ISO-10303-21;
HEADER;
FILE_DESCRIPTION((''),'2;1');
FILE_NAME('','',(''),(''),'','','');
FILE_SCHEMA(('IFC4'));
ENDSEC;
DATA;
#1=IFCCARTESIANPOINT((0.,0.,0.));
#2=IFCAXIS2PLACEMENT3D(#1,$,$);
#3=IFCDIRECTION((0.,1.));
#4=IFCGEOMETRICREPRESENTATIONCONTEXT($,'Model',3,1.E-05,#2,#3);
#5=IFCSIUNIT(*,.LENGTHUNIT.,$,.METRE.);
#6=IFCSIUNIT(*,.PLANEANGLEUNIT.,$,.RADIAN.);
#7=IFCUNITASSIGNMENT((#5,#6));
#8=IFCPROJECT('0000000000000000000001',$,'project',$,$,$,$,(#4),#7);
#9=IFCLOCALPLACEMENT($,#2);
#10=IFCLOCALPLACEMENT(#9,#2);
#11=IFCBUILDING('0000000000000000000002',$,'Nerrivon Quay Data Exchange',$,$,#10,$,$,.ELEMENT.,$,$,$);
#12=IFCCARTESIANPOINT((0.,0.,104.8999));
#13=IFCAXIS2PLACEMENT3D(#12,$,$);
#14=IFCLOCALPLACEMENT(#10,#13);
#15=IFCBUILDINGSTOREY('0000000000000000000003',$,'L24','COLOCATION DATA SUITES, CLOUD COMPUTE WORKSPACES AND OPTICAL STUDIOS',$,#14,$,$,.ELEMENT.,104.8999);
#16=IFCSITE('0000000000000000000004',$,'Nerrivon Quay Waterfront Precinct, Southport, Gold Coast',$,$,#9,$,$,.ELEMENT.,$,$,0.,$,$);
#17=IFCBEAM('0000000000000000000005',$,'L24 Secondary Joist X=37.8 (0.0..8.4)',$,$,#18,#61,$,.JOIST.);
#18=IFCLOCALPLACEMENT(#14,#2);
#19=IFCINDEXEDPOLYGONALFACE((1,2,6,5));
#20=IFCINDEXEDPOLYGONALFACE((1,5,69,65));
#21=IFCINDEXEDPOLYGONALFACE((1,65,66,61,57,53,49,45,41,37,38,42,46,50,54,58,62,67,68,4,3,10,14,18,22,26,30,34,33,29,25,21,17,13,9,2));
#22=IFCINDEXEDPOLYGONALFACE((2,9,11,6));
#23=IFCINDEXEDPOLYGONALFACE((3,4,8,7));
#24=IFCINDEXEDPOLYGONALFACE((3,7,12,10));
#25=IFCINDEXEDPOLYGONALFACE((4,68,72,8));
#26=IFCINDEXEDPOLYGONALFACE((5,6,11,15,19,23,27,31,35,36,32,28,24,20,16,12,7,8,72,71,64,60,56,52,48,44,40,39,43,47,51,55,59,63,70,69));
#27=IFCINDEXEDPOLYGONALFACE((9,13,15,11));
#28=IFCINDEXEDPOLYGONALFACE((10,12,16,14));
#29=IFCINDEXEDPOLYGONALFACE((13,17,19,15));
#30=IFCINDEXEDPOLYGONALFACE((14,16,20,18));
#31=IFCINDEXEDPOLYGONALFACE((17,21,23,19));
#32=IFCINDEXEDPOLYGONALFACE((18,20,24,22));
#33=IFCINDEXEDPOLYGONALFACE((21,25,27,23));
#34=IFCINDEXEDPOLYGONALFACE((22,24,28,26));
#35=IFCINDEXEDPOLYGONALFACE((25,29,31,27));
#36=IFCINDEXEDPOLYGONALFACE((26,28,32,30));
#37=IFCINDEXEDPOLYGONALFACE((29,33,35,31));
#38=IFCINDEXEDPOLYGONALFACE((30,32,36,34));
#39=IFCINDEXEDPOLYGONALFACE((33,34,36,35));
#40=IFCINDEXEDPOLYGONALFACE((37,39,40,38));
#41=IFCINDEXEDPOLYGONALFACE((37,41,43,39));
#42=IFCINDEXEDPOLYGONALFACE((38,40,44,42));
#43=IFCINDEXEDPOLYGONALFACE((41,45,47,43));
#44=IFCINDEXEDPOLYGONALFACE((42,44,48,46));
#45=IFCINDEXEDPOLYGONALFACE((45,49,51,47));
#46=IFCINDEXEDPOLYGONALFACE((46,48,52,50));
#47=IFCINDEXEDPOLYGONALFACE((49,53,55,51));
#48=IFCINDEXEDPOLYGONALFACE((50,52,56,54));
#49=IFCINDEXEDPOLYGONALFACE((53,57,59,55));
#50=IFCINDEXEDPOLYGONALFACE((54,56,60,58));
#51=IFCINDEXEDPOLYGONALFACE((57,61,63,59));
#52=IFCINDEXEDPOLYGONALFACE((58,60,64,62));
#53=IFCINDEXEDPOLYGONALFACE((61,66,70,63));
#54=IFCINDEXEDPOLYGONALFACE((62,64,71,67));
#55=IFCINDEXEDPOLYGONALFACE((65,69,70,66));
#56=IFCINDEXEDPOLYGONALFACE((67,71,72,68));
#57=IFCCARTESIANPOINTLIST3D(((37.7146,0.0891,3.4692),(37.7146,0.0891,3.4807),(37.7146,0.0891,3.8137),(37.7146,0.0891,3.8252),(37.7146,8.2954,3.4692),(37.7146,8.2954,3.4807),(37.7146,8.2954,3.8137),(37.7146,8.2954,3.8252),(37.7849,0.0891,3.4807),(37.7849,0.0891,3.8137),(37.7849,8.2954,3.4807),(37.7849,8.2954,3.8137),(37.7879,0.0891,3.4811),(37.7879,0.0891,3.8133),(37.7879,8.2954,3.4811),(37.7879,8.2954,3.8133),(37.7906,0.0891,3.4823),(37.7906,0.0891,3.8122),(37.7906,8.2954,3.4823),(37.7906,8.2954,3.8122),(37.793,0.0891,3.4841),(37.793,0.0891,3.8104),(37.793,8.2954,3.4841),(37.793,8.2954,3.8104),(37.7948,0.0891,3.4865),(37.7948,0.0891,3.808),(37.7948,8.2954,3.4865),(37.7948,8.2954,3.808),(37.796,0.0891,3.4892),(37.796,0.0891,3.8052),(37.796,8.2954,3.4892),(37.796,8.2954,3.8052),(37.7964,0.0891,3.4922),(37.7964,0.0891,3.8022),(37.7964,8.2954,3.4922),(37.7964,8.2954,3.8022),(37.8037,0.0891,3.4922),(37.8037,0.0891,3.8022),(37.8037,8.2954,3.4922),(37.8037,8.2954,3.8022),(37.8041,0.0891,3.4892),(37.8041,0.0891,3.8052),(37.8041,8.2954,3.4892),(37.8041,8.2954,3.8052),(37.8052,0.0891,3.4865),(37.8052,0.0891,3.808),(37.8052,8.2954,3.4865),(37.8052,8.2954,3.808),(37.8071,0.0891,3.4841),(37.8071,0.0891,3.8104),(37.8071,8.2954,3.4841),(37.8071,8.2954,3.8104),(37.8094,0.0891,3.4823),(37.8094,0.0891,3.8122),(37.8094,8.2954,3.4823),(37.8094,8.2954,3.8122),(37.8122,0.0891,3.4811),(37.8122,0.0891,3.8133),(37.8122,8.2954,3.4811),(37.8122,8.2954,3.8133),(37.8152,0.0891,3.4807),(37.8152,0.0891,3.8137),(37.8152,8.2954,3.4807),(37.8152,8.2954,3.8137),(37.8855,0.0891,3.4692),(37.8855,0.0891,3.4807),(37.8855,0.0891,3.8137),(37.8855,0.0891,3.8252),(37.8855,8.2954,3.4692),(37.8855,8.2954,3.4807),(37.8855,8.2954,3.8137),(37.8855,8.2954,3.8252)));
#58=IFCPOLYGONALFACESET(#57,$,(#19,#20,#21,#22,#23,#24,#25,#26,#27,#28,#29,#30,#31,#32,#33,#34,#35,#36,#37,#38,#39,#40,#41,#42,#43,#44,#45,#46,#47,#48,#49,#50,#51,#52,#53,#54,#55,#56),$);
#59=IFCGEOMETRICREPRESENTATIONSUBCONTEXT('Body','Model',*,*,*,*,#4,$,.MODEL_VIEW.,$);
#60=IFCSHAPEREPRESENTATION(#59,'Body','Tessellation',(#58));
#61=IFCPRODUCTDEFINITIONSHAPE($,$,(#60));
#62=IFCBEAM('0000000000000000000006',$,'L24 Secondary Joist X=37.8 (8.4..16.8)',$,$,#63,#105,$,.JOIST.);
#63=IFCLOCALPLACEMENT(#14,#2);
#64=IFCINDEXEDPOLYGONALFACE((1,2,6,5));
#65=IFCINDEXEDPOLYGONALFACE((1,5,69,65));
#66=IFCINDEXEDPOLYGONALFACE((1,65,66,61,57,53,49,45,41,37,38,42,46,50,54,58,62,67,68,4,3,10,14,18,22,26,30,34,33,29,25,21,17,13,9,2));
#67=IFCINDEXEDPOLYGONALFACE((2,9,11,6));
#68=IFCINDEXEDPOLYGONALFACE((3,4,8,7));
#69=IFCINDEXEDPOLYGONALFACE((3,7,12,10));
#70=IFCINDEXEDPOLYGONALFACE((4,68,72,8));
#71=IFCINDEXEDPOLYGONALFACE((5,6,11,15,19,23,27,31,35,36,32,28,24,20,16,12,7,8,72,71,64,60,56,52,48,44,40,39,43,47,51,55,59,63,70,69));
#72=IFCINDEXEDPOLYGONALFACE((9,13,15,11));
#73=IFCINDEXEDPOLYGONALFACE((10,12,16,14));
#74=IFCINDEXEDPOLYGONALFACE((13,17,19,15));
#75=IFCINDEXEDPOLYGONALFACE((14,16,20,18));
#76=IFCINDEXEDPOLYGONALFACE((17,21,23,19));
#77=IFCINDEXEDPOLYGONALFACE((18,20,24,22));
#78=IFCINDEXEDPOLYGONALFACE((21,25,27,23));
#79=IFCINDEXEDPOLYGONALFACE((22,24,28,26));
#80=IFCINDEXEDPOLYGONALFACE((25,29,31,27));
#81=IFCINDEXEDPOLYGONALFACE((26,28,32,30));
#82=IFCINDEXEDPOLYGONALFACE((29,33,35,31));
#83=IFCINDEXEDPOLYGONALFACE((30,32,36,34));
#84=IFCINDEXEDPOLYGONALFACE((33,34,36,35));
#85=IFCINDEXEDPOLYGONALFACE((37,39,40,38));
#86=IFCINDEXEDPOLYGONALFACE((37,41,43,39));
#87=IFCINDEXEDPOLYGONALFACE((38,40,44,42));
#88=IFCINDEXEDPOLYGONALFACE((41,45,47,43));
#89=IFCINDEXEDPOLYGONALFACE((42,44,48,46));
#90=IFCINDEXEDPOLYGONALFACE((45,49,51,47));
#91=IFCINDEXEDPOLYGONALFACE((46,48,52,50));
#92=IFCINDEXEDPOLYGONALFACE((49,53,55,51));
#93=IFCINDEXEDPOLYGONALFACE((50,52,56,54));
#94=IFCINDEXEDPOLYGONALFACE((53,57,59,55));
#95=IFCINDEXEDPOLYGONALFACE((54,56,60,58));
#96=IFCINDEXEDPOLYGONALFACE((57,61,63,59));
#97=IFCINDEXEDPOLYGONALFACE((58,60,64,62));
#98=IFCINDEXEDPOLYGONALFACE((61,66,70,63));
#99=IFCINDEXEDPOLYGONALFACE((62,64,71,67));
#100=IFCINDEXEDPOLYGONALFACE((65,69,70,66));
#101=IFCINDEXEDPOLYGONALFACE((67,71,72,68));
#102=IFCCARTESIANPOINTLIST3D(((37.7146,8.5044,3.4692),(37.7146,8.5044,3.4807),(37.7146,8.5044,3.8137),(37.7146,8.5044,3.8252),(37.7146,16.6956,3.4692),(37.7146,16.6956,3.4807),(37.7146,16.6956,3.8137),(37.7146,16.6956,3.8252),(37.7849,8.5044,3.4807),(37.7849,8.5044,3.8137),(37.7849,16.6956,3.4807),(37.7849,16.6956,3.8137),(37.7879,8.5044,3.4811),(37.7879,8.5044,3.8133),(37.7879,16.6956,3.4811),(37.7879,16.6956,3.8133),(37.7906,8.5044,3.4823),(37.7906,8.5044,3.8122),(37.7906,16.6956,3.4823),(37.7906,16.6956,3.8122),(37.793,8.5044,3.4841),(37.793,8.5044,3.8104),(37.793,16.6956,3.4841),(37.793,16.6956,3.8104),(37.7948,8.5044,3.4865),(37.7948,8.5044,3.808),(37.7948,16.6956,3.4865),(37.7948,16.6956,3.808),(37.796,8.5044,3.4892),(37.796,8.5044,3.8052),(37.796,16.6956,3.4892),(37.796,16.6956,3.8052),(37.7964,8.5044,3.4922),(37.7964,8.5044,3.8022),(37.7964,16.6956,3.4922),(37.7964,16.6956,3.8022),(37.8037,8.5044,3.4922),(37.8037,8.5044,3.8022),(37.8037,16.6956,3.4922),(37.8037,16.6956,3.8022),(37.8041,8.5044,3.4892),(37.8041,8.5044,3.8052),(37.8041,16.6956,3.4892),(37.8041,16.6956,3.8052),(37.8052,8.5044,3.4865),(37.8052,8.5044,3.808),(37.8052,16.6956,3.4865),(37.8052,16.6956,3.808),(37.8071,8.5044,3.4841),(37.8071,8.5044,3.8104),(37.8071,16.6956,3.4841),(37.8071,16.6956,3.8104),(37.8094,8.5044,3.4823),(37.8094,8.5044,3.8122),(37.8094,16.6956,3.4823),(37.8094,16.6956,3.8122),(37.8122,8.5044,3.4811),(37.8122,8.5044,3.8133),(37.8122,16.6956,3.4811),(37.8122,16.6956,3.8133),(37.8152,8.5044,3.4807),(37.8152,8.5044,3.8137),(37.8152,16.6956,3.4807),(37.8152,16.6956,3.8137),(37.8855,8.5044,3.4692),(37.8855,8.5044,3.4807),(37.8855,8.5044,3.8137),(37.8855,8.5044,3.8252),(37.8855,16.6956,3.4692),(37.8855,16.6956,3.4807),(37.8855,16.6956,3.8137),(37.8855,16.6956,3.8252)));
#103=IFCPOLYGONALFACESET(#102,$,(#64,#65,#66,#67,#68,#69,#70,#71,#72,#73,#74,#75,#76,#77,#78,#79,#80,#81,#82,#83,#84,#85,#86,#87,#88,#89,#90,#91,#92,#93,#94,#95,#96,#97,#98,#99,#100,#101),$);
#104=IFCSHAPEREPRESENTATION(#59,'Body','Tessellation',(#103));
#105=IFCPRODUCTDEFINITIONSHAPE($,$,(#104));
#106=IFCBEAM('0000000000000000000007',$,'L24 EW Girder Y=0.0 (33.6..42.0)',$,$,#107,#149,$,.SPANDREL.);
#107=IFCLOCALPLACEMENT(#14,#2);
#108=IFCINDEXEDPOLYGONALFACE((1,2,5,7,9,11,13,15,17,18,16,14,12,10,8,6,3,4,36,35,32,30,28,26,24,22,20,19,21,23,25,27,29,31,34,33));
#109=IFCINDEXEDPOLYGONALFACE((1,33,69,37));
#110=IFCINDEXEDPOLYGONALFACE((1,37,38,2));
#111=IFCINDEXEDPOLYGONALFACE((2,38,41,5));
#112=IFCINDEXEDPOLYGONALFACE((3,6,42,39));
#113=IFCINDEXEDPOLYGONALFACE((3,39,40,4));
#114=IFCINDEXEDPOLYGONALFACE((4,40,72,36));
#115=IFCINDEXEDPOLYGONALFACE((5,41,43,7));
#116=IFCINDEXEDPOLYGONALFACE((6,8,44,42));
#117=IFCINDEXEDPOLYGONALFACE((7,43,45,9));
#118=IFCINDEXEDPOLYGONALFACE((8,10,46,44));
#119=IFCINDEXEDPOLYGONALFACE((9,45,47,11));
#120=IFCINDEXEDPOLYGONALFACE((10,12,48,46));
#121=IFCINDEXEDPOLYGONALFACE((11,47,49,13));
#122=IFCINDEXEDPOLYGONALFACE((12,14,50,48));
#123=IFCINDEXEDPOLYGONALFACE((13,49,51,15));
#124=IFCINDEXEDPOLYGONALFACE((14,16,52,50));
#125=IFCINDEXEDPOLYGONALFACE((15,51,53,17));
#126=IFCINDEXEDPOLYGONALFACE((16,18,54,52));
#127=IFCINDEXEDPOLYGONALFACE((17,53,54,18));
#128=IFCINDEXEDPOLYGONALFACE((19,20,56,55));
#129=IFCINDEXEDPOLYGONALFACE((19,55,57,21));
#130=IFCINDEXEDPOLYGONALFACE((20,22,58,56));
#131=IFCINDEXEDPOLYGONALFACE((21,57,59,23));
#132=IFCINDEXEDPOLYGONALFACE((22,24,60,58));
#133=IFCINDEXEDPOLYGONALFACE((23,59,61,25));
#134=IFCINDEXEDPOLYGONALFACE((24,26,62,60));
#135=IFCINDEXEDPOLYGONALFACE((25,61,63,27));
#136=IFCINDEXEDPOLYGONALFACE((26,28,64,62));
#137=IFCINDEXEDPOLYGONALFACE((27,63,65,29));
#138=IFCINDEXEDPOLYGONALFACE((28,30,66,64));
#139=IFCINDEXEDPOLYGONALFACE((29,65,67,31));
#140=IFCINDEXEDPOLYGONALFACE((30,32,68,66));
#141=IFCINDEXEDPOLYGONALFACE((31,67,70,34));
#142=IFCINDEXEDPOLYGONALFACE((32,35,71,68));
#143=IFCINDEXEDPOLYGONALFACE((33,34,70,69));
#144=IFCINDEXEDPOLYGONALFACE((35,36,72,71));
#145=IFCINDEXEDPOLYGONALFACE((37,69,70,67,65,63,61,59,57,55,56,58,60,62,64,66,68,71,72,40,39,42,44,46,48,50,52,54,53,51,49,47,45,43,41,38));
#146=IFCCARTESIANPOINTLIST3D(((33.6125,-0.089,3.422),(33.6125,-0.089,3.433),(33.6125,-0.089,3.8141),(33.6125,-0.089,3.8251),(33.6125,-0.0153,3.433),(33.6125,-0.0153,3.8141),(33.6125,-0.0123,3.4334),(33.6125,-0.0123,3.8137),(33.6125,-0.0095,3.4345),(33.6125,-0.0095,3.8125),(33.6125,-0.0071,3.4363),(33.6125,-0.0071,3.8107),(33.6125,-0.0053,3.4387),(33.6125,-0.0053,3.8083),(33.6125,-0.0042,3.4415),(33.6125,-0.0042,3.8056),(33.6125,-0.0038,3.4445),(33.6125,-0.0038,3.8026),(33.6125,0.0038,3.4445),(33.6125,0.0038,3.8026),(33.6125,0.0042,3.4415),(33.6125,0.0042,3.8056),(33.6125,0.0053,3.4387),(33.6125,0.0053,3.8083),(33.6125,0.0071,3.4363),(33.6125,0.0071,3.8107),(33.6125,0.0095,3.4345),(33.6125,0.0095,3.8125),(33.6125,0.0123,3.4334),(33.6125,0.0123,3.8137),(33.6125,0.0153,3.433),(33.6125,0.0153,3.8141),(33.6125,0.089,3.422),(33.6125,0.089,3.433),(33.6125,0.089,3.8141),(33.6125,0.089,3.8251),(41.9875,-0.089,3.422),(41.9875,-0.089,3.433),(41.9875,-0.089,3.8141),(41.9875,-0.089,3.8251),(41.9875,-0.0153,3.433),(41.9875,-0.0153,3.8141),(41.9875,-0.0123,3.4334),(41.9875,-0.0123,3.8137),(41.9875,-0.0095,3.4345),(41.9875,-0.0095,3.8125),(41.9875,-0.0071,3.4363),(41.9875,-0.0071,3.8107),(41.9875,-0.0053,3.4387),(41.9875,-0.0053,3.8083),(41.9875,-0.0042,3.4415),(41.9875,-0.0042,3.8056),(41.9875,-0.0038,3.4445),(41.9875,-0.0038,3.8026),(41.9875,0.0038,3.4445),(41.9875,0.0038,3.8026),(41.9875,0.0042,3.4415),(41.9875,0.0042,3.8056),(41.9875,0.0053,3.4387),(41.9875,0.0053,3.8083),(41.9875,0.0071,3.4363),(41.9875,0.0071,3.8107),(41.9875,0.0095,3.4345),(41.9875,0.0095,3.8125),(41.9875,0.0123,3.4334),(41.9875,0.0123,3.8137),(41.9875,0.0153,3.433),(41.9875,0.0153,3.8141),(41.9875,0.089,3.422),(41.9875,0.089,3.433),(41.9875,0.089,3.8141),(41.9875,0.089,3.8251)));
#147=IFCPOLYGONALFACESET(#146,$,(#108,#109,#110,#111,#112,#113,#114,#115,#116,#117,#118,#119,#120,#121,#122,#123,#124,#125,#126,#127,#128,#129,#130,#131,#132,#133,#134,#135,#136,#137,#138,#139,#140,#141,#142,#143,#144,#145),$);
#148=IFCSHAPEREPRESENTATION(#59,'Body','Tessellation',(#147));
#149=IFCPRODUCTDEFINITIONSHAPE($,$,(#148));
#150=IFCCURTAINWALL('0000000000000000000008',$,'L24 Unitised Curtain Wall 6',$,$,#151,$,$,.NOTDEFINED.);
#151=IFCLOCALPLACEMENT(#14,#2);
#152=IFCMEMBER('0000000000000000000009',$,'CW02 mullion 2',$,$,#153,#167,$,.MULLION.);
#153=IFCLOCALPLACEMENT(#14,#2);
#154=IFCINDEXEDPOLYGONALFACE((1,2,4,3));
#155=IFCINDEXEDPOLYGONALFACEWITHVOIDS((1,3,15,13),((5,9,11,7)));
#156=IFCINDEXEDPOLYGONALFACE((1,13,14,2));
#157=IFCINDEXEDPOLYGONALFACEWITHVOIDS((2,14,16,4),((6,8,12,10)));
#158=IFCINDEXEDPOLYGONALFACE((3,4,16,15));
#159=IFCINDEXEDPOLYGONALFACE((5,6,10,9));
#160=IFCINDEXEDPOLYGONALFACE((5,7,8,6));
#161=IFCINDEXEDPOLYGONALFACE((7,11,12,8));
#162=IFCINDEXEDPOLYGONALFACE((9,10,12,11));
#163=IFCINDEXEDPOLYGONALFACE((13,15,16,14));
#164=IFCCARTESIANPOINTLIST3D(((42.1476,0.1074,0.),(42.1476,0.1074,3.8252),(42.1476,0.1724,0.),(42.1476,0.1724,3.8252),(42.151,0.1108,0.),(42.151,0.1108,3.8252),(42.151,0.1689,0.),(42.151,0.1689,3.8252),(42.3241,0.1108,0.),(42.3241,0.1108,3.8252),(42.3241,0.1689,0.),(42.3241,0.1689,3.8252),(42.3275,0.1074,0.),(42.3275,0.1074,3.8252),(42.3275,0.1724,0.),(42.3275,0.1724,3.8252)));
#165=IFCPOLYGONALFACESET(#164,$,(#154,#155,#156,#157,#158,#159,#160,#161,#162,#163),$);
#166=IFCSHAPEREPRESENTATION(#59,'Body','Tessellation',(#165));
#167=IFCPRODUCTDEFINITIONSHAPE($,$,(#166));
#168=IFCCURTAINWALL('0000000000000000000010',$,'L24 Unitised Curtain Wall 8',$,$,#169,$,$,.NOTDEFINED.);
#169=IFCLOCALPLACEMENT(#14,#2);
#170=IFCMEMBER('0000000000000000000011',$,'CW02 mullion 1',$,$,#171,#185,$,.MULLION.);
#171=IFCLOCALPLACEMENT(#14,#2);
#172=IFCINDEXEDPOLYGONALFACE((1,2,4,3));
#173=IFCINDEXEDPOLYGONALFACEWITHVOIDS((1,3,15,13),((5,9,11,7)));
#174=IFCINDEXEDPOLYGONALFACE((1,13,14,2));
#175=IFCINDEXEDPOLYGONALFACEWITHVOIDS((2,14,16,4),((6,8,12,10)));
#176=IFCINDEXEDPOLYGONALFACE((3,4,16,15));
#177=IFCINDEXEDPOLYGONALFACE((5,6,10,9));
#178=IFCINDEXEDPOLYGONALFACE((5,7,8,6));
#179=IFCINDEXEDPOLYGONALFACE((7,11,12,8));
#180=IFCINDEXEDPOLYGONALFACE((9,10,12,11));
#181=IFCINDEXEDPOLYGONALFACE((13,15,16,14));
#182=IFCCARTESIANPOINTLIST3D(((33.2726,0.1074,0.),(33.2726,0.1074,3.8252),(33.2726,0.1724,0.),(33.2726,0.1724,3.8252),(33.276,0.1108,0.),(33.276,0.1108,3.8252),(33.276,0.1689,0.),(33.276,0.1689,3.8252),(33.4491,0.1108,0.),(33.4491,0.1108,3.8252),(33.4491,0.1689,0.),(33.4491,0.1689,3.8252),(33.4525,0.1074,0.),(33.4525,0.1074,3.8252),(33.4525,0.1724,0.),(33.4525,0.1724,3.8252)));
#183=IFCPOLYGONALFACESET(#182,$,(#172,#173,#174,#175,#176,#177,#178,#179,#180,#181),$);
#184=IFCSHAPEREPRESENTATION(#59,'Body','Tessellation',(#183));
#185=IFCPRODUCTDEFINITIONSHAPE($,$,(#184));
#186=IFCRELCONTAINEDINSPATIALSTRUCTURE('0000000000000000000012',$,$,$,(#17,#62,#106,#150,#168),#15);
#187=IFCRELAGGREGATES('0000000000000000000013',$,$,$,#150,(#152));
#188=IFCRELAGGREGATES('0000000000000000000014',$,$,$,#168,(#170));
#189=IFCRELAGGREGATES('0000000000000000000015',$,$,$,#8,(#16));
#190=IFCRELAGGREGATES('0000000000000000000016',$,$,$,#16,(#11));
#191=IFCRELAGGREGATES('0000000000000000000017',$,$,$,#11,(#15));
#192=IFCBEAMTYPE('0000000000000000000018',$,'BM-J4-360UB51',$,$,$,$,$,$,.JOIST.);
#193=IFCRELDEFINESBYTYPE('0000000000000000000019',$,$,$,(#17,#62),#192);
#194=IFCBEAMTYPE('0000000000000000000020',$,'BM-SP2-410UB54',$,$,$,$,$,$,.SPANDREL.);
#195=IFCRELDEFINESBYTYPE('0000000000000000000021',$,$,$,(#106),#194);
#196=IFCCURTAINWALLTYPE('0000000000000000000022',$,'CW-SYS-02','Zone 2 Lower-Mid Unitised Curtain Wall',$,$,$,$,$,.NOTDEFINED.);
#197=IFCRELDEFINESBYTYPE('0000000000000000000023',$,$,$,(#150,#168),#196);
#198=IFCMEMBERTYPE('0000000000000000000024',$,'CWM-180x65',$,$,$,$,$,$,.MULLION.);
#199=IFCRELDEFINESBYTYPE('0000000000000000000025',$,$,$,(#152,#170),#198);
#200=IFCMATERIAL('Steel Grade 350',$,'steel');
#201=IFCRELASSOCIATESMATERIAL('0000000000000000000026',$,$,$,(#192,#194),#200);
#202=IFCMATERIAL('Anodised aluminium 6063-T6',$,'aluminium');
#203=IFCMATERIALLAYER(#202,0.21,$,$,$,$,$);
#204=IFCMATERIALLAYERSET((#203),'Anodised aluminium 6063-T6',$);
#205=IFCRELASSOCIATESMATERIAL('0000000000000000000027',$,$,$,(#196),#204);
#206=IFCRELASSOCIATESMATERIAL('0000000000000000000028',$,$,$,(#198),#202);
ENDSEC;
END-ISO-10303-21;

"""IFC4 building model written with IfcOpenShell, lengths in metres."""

from ifc_helpers import new_model, si_unit, direction, frame, origin, origin_2d, place, context, subcontext, project, spatial, hollow_rectangle, i_section, extrude, material, layer, layer_set, material_profile, profile_set, type_object, element, aggregate, save


model = new_model("IFC4")

# Units and contexts
model_context = context("Model", 3, precision=1e-05, world=origin(), true_north=direction((0.0, 1.0)))
body_context = subcontext(model_context, "Body", "Model", "MODEL_VIEW")
ifc_project = project(units=[si_unit("LENGTHUNIT", "METRE"), si_unit("PLANEANGLEUNIT", "RADIAN")], contexts=[model_context])

# Site, building, storey
site_placement = place(None, origin())
site = spatial("IfcSite", under=ifc_project, at=site_placement, Name="Nerrivon Quay Waterfront Precinct, Southport, Gold Coast", CompositionType="ELEMENT", RefElevation=0.0)
building_placement = place(site_placement, origin())
building = spatial("IfcBuilding", under=site, at=building_placement, Name="Nerrivon Quay Data Exchange", CompositionType="ELEMENT")
storey_placement = place(building_placement, frame((0.0, 0.0, 104.8999)))
storey = spatial("IfcBuildingStorey", under=building, at=storey_placement, Name="L24", Description="COLOCATION DATA SUITES, CLOUD COMPUTE WORKSPACES AND OPTICAL STUDIOS", CompositionType="ELEMENT", Elevation=104.8999)

# Shared definitions
ifc_material_1 = material(Name="Steel Grade 350", Category="steel")

# Beams
ifc_material_profile_1 = material_profile(ifc_material_1, i_section(OverallWidth=0.1709, OverallDepth=0.356, WebThickness=0.0073, FlangeThickness=0.0115, FilletRadius=0.0115, at=origin_2d()), Name="360UB50.7")
ifc_profile_set_1 = profile_set([ifc_material_profile_1], Name="Steel Grade 350")
beam_type_1 = type_object("IfcBeamType", Name="BM-J4-360UB51", PredefinedType="JOIST", material=ifc_profile_set_1)
beam_1_placement = place(storey_placement, frame((37.8, 0.0891, 3.6472), z_axis=(0.0, 1.0, 0.0), x_axis=(-1.0, 0.0, 0.0)))
element("IfcBeam", 1, at=beam_1_placement, inside=storey, type_object=beam_type_1, Name="L24 Secondary Joist X=37.8 (0.0..8.4)", PredefinedType="JOIST", context=body_context, shape_type="SweptSolid", body=[
    extrude(i_section(OverallWidth=0.1709, OverallDepth=0.356, WebThickness=0.0073, FlangeThickness=0.0115, FilletRadius=0.0115, at=origin_2d()), origin(), (0.0, 0.0, 1.0), 8.2063),
])
beam_2_placement = place(storey_placement, frame((37.8, 8.5044, 3.6472), z_axis=(0.0, 1.0, 0.0), x_axis=(-1.0, 0.0, 0.0)))
element("IfcBeam", 2, at=beam_2_placement, inside=storey, type_object=beam_type_1, Name="L24 Secondary Joist X=37.8 (8.4..16.8)", PredefinedType="JOIST", context=body_context, shape_type="SweptSolid", body=[
    extrude(i_section(OverallWidth=0.1709, OverallDepth=0.356, WebThickness=0.0073, FlangeThickness=0.0115, FilletRadius=0.0115, at=origin_2d()), origin(), (0.0, 0.0, 1.0), 8.1912),
])
ifc_material_profile_2 = material_profile(ifc_material_1, i_section(OverallWidth=0.178, OverallDepth=0.4031, WebThickness=0.0076, FlangeThickness=0.011, FilletRadius=0.0115, at=origin_2d()), Name="410UB53.7")
ifc_profile_set_2 = profile_set([ifc_material_profile_2], Name="Steel Grade 350")
beam_type_2 = type_object("IfcBeamType", Name="BM-SP2-410UB54", PredefinedType="SPANDREL", material=ifc_profile_set_2)
beam_3_placement = place(storey_placement, frame((33.6125, 0.0, 3.6235), z_axis=(1.0, 0.0, 0.0), x_axis=(0.0, 1.0, 0.0)))
element("IfcBeam", 3, at=beam_3_placement, inside=storey, type_object=beam_type_2, Name="L24 EW Girder Y=0.0 (33.6..42.0)", PredefinedType="SPANDREL", context=body_context, shape_type="SweptSolid", body=[
    extrude(i_section(OverallWidth=0.178, OverallDepth=0.4031, WebThickness=0.0076, FlangeThickness=0.011, FilletRadius=0.0115, at=origin_2d()), origin(), (0.0, 0.0, 1.0), 8.375),
])

# Curtain wall, member
ifc_material_2 = material(Name="Anodised aluminium 6063-T6", Category="aluminium")
ifc_layer_1 = layer(ifc_material_2, 0.21)
ifc_layer_set_1 = layer_set([ifc_layer_1], Name="Anodised aluminium 6063-T6")
curtain_wall_type = type_object("IfcCurtainWallType", Name="CW-SYS-02", Description="Zone 2 Lower-Mid Unitised Curtain Wall", PredefinedType="NOTDEFINED", material=ifc_layer_set_1)
curtain_wall_1_placement = place(storey_placement, origin())
curtain_wall_1 = element("IfcCurtainWall", 4, at=curtain_wall_1_placement, inside=storey, type_object=curtain_wall_type, Name="L24 Unitised Curtain Wall 6", PredefinedType="NOTDEFINED")
ifc_material_profile_3 = material_profile(ifc_material_2, hollow_rectangle(XDim=0.0649, YDim=0.1799, WallThickness=0.0034, at=origin_2d()), Name="ALU-MULL-180x65")
ifc_profile_set_3 = profile_set([ifc_material_profile_3], Name="Anodised aluminium 6063-T6")
member_type_1 = type_object("IfcMemberType", Name="CWM-180x65", PredefinedType="MULLION", material=ifc_profile_set_3)
member_1_placement = place(storey_placement, frame((42.2375, 0.1399, 0.0), z_axis=(0.0, 0.0, 1.0), x_axis=(0.0, -1.0, 0.0)))
member_1 = element("IfcMember", 5, at=member_1_placement, type_object=member_type_1, Name="CW02 mullion 2", PredefinedType="MULLION", context=body_context, shape_type="SweptSolid", body=[
    extrude(hollow_rectangle(XDim=0.0649, YDim=0.1799, WallThickness=0.0034, at=origin_2d()), origin(), (0.0, 0.0, 1.0), 3.8252),
])
aggregate(curtain_wall_1, [member_1])

# Curtain wall, member
curtain_wall_2_placement = place(storey_placement, origin())
curtain_wall_2 = element("IfcCurtainWall", 6, at=curtain_wall_2_placement, inside=storey, type_object=curtain_wall_type, Name="L24 Unitised Curtain Wall 8", PredefinedType="NOTDEFINED")
member_2_placement = place(storey_placement, frame((33.3625, 0.1399, 0.0), z_axis=(0.0, 0.0, 1.0), x_axis=(0.0, -1.0, 0.0)))
member_2 = element("IfcMember", 7, at=member_2_placement, type_object=member_type_1, Name="CW02 mullion 1", PredefinedType="MULLION", context=body_context, shape_type="SweptSolid", body=[
    extrude(hollow_rectangle(XDim=0.0649, YDim=0.1799, WallThickness=0.0034, at=origin_2d()), origin(), (0.0, 0.0, 1.0), 3.8252),
])
aggregate(curtain_wall_2, [member_2])

save(model, "model.ifc")
